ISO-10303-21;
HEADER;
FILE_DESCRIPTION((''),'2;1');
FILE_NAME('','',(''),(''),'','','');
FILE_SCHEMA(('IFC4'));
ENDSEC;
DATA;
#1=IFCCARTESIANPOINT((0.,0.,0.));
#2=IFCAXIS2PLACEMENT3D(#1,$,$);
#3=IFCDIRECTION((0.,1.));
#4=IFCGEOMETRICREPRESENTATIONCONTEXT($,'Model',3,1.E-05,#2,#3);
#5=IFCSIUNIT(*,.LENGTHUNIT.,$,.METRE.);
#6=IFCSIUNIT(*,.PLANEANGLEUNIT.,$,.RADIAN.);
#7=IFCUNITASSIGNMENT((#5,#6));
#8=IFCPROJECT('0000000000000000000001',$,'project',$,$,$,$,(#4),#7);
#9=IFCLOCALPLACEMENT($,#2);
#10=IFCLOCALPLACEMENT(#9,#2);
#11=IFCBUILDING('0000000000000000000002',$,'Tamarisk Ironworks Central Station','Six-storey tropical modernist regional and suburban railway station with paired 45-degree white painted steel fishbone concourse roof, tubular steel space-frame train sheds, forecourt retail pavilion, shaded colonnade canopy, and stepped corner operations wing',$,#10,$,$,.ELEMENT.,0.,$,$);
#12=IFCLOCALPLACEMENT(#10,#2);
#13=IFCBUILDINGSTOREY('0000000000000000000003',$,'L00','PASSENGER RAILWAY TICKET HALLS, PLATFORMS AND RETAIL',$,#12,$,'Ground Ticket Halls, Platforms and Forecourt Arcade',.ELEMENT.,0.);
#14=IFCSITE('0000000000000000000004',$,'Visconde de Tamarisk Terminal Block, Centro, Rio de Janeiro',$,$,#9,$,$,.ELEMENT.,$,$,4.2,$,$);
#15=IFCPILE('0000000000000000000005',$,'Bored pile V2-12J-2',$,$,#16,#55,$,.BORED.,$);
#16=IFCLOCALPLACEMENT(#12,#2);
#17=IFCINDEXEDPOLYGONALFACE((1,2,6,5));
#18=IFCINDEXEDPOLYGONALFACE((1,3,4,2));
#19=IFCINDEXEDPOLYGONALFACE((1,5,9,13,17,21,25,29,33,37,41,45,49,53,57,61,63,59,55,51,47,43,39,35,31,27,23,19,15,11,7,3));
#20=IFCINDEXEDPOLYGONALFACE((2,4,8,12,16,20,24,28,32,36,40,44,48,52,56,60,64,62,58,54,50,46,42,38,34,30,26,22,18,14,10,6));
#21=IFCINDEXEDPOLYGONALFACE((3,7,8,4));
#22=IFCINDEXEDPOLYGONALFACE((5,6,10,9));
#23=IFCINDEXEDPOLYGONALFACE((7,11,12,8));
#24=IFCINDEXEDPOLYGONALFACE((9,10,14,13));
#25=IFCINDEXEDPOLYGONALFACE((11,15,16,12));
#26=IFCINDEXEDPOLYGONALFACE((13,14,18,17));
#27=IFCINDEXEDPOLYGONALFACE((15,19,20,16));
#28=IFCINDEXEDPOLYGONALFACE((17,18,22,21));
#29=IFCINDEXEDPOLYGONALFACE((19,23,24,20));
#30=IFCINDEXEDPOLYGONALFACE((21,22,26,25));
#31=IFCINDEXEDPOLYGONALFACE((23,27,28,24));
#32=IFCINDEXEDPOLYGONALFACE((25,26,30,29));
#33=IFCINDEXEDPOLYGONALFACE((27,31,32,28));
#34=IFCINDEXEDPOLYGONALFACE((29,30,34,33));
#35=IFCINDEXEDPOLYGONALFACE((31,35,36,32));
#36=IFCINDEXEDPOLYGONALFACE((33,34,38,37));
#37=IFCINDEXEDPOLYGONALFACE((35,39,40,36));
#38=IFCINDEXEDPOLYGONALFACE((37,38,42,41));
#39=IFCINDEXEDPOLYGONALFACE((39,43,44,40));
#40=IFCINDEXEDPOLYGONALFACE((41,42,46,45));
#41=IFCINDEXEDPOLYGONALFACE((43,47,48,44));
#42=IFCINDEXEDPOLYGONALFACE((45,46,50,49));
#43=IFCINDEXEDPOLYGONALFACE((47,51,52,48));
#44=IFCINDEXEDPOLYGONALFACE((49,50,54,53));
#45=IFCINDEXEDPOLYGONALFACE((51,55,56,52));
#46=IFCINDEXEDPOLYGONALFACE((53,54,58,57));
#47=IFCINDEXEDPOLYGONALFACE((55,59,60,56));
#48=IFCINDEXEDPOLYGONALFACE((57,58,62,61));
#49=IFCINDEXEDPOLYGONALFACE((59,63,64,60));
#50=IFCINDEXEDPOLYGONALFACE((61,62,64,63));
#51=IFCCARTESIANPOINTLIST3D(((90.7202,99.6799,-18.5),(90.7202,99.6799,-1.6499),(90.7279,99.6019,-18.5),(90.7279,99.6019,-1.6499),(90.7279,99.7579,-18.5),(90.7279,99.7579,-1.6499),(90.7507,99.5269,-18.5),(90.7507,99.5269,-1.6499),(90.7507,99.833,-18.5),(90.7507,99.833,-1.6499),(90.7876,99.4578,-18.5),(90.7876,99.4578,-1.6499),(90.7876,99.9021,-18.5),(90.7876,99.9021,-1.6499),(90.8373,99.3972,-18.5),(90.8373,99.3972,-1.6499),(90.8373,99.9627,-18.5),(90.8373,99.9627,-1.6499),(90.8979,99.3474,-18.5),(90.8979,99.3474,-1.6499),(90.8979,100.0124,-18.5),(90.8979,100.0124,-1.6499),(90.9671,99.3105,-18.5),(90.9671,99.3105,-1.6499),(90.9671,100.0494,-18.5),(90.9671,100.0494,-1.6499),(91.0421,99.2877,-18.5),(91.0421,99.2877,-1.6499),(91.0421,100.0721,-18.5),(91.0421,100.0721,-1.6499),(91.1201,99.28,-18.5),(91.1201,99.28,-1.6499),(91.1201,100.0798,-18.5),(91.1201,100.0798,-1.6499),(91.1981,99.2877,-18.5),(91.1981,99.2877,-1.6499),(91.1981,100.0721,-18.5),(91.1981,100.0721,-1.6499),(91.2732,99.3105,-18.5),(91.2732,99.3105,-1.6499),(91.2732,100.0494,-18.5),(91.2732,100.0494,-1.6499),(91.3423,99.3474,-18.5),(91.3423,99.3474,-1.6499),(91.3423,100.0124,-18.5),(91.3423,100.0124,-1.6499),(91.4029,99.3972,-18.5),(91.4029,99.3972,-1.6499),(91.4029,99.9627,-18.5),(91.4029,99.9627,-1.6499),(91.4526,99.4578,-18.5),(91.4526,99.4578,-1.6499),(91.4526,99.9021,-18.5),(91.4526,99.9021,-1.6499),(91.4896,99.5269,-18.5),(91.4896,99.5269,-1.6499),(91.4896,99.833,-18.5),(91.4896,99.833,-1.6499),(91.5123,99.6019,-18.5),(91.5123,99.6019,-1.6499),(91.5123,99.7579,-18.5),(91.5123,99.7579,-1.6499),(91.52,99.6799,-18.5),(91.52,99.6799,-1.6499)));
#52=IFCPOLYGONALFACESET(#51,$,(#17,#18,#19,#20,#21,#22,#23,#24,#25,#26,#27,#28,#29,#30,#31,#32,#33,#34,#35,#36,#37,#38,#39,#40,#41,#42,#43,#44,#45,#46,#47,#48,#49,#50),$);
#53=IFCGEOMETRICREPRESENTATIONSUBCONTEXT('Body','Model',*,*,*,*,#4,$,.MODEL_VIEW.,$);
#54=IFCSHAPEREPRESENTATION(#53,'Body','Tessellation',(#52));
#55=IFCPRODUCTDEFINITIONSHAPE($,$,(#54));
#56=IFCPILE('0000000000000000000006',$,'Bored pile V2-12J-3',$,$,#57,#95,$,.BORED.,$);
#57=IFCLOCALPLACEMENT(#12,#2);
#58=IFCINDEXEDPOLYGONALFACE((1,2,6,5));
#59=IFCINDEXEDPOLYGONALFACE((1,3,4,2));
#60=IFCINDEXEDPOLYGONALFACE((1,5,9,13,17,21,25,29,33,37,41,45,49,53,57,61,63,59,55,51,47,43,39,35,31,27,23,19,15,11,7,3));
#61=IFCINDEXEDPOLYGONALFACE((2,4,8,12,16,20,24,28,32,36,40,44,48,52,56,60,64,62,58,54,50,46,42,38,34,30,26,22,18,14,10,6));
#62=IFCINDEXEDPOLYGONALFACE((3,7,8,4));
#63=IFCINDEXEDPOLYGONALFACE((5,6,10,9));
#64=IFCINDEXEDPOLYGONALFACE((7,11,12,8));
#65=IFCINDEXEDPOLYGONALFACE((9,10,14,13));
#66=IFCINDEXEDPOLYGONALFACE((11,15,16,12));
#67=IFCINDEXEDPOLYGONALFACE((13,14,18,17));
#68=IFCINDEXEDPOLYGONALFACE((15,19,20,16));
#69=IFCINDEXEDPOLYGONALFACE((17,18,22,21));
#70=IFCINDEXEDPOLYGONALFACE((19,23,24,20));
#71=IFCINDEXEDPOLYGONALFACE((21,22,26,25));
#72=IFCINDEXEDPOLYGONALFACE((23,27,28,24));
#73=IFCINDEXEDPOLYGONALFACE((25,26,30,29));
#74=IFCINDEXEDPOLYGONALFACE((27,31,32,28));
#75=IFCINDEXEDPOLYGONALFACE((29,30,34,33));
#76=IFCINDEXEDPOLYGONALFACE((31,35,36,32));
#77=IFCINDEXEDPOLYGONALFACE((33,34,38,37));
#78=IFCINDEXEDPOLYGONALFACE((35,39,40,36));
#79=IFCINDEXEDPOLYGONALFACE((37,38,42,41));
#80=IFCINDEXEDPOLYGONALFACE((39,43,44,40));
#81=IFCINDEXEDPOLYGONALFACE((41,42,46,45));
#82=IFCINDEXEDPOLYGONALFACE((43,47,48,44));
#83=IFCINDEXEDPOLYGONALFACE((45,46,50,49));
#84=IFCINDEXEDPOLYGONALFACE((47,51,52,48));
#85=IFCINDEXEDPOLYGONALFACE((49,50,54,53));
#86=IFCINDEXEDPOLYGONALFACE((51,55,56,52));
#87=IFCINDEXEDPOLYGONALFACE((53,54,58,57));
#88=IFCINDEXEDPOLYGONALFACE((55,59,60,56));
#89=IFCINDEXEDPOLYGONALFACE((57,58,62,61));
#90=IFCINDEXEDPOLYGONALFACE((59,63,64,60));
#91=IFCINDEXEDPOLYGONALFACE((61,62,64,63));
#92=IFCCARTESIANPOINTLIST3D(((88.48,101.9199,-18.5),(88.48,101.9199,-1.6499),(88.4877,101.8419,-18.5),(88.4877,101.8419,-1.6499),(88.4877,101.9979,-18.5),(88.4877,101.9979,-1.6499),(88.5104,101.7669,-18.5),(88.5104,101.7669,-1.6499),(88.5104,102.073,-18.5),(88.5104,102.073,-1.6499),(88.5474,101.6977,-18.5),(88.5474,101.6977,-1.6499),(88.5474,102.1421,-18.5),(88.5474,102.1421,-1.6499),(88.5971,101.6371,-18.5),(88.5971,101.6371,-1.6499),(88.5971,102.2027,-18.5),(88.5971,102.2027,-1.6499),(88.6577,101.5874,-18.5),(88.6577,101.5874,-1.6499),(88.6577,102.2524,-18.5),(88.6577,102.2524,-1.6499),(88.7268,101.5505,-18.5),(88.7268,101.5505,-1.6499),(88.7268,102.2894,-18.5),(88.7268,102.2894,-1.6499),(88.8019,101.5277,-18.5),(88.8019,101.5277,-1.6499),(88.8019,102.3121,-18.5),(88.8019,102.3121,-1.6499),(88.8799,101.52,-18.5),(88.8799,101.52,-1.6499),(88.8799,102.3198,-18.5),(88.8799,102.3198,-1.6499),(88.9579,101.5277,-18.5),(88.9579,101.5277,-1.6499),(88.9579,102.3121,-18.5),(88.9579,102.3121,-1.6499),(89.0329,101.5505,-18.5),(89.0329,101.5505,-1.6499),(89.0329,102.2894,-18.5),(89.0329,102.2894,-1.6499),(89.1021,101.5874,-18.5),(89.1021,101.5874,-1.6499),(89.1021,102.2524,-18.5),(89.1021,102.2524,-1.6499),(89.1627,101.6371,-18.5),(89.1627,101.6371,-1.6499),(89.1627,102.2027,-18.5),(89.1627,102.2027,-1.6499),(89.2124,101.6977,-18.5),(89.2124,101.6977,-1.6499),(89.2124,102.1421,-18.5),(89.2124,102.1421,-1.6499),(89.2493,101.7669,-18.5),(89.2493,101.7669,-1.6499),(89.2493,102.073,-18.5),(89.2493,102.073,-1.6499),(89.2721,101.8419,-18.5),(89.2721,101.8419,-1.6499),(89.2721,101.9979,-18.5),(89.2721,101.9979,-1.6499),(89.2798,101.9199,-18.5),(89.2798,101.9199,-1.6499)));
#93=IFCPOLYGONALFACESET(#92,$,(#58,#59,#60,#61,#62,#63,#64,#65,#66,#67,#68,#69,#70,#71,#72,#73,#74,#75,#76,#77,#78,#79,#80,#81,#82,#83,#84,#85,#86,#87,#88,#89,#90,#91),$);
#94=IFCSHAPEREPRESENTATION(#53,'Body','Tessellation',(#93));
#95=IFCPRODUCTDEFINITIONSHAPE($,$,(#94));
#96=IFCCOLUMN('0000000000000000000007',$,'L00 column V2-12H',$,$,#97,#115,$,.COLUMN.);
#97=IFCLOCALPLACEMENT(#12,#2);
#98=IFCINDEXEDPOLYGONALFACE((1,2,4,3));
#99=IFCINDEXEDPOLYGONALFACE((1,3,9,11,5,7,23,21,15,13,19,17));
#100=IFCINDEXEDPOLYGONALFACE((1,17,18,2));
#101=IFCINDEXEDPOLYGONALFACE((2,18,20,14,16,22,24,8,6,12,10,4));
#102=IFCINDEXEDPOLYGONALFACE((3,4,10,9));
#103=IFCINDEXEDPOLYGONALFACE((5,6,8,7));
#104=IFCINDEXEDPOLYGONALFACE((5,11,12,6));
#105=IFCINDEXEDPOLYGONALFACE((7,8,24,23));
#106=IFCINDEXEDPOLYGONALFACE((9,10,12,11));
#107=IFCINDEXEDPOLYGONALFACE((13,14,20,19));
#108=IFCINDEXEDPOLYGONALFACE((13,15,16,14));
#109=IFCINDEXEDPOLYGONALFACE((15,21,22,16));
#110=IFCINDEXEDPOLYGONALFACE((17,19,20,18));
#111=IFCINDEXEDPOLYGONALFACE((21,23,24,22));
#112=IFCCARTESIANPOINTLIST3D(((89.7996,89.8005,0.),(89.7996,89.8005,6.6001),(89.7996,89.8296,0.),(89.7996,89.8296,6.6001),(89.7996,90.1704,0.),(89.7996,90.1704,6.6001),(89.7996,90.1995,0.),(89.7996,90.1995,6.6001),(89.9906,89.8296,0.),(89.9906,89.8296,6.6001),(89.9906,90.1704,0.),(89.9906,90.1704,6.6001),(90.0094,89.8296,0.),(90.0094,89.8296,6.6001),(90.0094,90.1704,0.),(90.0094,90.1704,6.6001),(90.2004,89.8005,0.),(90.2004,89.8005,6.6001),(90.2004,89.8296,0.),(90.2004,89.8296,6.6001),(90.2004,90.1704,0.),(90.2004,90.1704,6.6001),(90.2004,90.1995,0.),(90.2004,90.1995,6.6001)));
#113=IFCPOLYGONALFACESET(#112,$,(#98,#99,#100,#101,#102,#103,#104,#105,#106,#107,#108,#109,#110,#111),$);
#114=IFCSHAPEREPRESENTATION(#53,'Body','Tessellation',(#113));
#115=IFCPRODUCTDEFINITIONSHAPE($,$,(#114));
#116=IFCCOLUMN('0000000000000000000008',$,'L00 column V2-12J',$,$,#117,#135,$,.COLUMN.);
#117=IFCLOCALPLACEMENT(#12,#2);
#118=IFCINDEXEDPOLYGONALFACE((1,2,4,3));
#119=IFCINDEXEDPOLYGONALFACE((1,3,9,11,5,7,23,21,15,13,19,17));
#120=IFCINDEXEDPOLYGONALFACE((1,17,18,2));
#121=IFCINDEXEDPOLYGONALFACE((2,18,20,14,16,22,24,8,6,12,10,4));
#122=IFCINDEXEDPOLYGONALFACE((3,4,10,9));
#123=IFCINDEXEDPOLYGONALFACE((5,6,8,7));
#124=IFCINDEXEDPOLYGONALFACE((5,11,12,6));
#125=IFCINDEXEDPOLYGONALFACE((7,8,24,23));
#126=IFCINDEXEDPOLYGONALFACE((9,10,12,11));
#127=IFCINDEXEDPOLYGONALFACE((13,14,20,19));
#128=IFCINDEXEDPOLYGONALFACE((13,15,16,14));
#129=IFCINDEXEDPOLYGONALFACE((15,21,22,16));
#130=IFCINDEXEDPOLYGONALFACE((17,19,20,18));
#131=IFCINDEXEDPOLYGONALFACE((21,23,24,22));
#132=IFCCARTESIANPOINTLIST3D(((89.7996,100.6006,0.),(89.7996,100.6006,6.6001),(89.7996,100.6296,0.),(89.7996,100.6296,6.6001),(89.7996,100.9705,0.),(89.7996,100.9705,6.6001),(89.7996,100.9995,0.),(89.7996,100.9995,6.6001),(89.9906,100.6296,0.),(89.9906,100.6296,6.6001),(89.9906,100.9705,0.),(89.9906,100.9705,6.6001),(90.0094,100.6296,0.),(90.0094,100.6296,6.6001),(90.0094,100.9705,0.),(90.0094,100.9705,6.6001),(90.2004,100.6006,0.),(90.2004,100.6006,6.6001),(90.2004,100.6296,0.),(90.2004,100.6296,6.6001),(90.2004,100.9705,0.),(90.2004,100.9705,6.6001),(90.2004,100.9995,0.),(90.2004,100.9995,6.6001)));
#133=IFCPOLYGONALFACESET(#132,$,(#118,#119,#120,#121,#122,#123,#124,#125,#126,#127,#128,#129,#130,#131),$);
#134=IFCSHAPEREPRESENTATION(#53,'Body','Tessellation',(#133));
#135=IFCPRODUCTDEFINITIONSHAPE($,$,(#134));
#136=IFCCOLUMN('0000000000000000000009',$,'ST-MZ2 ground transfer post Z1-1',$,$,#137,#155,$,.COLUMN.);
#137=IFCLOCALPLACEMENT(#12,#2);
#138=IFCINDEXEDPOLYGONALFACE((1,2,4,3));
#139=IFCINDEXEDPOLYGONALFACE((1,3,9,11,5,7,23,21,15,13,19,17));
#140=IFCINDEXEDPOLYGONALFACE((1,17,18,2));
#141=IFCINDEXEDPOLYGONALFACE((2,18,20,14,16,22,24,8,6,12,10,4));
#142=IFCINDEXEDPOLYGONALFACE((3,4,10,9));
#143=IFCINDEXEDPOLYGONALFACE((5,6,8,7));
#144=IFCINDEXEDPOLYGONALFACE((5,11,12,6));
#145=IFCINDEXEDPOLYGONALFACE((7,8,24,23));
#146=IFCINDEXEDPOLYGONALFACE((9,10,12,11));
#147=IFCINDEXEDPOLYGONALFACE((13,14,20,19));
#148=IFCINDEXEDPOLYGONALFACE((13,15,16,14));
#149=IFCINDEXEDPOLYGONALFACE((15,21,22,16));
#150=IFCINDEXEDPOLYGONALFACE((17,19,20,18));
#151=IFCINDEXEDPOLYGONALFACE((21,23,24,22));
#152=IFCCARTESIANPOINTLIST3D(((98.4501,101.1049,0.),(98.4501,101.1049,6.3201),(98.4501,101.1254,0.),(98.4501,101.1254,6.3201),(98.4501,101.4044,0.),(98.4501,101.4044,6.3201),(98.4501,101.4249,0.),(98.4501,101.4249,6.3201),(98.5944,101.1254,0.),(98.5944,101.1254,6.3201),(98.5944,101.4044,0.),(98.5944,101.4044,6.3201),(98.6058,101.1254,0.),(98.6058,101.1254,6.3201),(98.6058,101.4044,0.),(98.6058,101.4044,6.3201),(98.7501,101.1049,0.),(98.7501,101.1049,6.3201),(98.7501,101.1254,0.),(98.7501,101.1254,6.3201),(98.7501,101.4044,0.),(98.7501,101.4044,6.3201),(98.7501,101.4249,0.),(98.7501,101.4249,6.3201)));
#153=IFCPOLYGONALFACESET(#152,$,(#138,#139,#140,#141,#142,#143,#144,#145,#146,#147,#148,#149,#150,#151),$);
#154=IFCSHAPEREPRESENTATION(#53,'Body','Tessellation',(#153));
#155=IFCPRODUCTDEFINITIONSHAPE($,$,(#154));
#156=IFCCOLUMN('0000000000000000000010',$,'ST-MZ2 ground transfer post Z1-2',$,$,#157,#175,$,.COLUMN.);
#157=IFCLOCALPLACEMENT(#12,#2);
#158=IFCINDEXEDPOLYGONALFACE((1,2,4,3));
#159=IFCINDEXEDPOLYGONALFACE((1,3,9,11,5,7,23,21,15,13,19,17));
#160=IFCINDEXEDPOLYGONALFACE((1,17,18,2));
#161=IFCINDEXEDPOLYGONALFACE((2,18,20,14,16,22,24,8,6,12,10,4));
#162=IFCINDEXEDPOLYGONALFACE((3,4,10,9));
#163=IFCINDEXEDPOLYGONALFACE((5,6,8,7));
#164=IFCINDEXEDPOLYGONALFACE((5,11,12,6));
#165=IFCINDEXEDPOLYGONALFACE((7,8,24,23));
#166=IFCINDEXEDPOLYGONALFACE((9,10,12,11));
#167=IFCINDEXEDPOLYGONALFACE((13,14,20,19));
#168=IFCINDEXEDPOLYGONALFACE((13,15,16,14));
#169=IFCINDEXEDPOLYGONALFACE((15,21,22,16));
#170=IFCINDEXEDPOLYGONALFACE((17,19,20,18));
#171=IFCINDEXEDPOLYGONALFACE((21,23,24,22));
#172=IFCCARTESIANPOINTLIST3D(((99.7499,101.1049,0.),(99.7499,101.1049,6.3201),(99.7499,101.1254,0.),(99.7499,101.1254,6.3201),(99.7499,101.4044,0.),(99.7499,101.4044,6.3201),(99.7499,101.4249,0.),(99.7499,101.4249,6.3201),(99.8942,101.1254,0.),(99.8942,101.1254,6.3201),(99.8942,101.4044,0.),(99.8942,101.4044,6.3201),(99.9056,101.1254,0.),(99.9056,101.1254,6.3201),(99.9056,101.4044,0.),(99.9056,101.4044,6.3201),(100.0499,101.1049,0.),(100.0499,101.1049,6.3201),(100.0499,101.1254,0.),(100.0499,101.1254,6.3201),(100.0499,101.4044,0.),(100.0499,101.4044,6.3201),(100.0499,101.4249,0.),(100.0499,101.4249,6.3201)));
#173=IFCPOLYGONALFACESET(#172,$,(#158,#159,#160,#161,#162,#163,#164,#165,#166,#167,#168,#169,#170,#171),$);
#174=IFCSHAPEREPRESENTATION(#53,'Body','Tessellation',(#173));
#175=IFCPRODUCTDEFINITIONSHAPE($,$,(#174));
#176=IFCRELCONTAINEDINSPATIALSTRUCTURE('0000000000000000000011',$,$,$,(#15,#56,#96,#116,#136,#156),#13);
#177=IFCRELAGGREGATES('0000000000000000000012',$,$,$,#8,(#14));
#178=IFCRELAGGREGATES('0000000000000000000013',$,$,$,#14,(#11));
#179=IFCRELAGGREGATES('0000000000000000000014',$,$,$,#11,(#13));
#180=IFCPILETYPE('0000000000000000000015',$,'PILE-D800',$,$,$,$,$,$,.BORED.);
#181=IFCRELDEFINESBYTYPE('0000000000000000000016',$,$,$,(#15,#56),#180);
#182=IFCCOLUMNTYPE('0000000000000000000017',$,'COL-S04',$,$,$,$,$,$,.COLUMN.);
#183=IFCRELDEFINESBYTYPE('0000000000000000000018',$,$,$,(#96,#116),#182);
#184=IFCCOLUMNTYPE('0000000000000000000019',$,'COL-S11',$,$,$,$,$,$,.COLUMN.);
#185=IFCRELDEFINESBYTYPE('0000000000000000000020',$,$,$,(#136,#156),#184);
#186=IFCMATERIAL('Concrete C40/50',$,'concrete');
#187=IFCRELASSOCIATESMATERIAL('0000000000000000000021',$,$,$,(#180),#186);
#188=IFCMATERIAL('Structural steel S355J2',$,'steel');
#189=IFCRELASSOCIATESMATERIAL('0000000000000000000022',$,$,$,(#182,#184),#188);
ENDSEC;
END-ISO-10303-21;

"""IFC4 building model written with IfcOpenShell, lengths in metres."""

from ifc_helpers import new_model, si_unit, direction, frame, origin, origin_2d, place, context, subcontext, project, spatial, circle, i_section, extrude, material, material_profile, profile_set, type_object, element, save


model = new_model("IFC4")

# Units and contexts
model_context = context("Model", 3, precision=1e-05, world=origin(), true_north=direction((0.0, 1.0)))
body_context = subcontext(model_context, "Body", "Model", "MODEL_VIEW")
ifc_project = project(units=[si_unit("LENGTHUNIT", "METRE"), si_unit("PLANEANGLEUNIT", "RADIAN")], contexts=[model_context])

# Site, building, storey
site_placement = place(None, origin())
site = spatial("IfcSite", under=ifc_project, at=site_placement, Name="Visconde de Tamarisk Terminal Block, Centro, Rio de Janeiro", CompositionType="ELEMENT", RefElevation=4.2)
building_placement = place(site_placement, origin())
building = spatial("IfcBuilding", under=site, at=building_placement, Name="Tamarisk Ironworks Central Station", Description="Six-storey tropical modernist regional and suburban railway station with paired 45-degree white painted steel fishbone concourse roof, tubular steel space-frame train sheds, forecourt retail pavilion, shaded colonnade canopy, and stepped corner operations wing", CompositionType="ELEMENT", ElevationOfRefHeight=0.0)
storey_placement = place(building_placement, origin())
storey = spatial("IfcBuildingStorey", under=building, at=storey_placement, Name="L00", Description="PASSENGER RAILWAY TICKET HALLS, PLATFORMS AND RETAIL", LongName="Ground Ticket Halls, Platforms and Forecourt Arcade", CompositionType="ELEMENT", Elevation=0.0)

# Shared definitions
ifc_material_1 = material(Name="Concrete C40/50", Category="concrete")

# Piles
ifc_material_profile_1 = material_profile(ifc_material_1, circle(Radius=0.3999, at=origin_2d()), Name="BORED PILE D800")
ifc_profile_set_1 = profile_set([ifc_material_profile_1], Name="Concrete C40/50")
pile_type = type_object("IfcPileType", Name="PILE-D800", PredefinedType="BORED", material=ifc_profile_set_1)
for number, where, z_axis, x_axis, name in (
    (1, (91.1201, 99.6799, -1.6499), (0.0, 0.0, -1.0), (1.0, 0.0, 0.0), "Bored pile V2-12J-2"),
    (2, (88.8799, 101.9199, -1.6499), (0.0, 0.0, -1.0), (1.0, 0.0, 0.0), "Bored pile V2-12J-3"),
):
    element("IfcPile", number, at=place(storey_placement, frame(where, z_axis=z_axis, x_axis=x_axis)), inside=storey, type_object=pile_type, Name=name, PredefinedType="BORED", context=body_context, shape_type="SweptSolid", body=[
        extrude(circle(Radius=0.3999, at=origin_2d()), origin(), (0.0, 0.0, 1.0), 16.8501),
    ])

# Columns
ifc_material_2 = material(Name="Structural steel S355J2", Category="steel")
ifc_material_profile_2 = material_profile(ifc_material_2, i_section(OverallWidth=0.4009, OverallDepth=0.3989, WebThickness=0.0188, FlangeThickness=0.0291, at=origin_2d()), Name="HD 400x314")
ifc_profile_set_2 = profile_set([ifc_material_profile_2], Name="Structural steel S355J2")
column_type_1 = type_object("IfcColumnType", Name="COL-S04", PredefinedType="COLUMN", material=ifc_profile_set_2)
for number, where, z_axis, x_axis, name in (
    (3, (90.0, 90.0, 0.0), (0.0, 0.0, 1.0), (1.0, 0.0, 0.0), "L00 column V2-12H"),
    (4, (90.0, 100.8, 0.0), (0.0, 0.0, 1.0), (1.0, 0.0, 0.0), "L00 column V2-12J"),
):
    element("IfcColumn", number, at=place(storey_placement, frame(where, z_axis=z_axis, x_axis=x_axis)), inside=storey, type_object=column_type_1, Name=name, PredefinedType="COLUMN", context=body_context, shape_type="SweptSolid", body=[
        extrude(i_section(OverallWidth=0.4009, OverallDepth=0.3989, WebThickness=0.0188, FlangeThickness=0.0291, at=origin_2d()), origin(), (0.0, 0.0, 1.0), 6.6001),
    ])
ifc_material_profile_3 = material_profile(ifc_material_2, i_section(OverallWidth=0.3, OverallDepth=0.3201, WebThickness=0.0115, FlangeThickness=0.0205, at=origin_2d()), Name="HEB 320")
ifc_profile_set_3 = profile_set([ifc_material_profile_3], Name="Structural steel S355J2")
column_type_2 = type_object("IfcColumnType", Name="COL-S11", PredefinedType="COLUMN", material=ifc_profile_set_3)
for number, where, z_axis, x_axis, name in (
    (5, (98.6001, 101.2649, 0.0), (0.0, 0.0, 1.0), (1.0, 0.0, 0.0), "ST-MZ2 ground transfer post Z1-1"),
    (6, (99.8999, 101.2649, 0.0), (0.0, 0.0, 1.0), (1.0, 0.0, 0.0), "ST-MZ2 ground transfer post Z1-2"),
):
    element("IfcColumn", number, at=place(storey_placement, frame(where, z_axis=z_axis, x_axis=x_axis)), inside=storey, type_object=column_type_2, Name=name, PredefinedType="COLUMN", context=body_context, shape_type="SweptSolid", body=[
        extrude(i_section(OverallWidth=0.3, OverallDepth=0.3201, WebThickness=0.0115, FlangeThickness=0.0205, at=origin_2d()), origin(), (0.0, 0.0, 1.0), 6.3201),
    ])

save(model, "model.ifc")
